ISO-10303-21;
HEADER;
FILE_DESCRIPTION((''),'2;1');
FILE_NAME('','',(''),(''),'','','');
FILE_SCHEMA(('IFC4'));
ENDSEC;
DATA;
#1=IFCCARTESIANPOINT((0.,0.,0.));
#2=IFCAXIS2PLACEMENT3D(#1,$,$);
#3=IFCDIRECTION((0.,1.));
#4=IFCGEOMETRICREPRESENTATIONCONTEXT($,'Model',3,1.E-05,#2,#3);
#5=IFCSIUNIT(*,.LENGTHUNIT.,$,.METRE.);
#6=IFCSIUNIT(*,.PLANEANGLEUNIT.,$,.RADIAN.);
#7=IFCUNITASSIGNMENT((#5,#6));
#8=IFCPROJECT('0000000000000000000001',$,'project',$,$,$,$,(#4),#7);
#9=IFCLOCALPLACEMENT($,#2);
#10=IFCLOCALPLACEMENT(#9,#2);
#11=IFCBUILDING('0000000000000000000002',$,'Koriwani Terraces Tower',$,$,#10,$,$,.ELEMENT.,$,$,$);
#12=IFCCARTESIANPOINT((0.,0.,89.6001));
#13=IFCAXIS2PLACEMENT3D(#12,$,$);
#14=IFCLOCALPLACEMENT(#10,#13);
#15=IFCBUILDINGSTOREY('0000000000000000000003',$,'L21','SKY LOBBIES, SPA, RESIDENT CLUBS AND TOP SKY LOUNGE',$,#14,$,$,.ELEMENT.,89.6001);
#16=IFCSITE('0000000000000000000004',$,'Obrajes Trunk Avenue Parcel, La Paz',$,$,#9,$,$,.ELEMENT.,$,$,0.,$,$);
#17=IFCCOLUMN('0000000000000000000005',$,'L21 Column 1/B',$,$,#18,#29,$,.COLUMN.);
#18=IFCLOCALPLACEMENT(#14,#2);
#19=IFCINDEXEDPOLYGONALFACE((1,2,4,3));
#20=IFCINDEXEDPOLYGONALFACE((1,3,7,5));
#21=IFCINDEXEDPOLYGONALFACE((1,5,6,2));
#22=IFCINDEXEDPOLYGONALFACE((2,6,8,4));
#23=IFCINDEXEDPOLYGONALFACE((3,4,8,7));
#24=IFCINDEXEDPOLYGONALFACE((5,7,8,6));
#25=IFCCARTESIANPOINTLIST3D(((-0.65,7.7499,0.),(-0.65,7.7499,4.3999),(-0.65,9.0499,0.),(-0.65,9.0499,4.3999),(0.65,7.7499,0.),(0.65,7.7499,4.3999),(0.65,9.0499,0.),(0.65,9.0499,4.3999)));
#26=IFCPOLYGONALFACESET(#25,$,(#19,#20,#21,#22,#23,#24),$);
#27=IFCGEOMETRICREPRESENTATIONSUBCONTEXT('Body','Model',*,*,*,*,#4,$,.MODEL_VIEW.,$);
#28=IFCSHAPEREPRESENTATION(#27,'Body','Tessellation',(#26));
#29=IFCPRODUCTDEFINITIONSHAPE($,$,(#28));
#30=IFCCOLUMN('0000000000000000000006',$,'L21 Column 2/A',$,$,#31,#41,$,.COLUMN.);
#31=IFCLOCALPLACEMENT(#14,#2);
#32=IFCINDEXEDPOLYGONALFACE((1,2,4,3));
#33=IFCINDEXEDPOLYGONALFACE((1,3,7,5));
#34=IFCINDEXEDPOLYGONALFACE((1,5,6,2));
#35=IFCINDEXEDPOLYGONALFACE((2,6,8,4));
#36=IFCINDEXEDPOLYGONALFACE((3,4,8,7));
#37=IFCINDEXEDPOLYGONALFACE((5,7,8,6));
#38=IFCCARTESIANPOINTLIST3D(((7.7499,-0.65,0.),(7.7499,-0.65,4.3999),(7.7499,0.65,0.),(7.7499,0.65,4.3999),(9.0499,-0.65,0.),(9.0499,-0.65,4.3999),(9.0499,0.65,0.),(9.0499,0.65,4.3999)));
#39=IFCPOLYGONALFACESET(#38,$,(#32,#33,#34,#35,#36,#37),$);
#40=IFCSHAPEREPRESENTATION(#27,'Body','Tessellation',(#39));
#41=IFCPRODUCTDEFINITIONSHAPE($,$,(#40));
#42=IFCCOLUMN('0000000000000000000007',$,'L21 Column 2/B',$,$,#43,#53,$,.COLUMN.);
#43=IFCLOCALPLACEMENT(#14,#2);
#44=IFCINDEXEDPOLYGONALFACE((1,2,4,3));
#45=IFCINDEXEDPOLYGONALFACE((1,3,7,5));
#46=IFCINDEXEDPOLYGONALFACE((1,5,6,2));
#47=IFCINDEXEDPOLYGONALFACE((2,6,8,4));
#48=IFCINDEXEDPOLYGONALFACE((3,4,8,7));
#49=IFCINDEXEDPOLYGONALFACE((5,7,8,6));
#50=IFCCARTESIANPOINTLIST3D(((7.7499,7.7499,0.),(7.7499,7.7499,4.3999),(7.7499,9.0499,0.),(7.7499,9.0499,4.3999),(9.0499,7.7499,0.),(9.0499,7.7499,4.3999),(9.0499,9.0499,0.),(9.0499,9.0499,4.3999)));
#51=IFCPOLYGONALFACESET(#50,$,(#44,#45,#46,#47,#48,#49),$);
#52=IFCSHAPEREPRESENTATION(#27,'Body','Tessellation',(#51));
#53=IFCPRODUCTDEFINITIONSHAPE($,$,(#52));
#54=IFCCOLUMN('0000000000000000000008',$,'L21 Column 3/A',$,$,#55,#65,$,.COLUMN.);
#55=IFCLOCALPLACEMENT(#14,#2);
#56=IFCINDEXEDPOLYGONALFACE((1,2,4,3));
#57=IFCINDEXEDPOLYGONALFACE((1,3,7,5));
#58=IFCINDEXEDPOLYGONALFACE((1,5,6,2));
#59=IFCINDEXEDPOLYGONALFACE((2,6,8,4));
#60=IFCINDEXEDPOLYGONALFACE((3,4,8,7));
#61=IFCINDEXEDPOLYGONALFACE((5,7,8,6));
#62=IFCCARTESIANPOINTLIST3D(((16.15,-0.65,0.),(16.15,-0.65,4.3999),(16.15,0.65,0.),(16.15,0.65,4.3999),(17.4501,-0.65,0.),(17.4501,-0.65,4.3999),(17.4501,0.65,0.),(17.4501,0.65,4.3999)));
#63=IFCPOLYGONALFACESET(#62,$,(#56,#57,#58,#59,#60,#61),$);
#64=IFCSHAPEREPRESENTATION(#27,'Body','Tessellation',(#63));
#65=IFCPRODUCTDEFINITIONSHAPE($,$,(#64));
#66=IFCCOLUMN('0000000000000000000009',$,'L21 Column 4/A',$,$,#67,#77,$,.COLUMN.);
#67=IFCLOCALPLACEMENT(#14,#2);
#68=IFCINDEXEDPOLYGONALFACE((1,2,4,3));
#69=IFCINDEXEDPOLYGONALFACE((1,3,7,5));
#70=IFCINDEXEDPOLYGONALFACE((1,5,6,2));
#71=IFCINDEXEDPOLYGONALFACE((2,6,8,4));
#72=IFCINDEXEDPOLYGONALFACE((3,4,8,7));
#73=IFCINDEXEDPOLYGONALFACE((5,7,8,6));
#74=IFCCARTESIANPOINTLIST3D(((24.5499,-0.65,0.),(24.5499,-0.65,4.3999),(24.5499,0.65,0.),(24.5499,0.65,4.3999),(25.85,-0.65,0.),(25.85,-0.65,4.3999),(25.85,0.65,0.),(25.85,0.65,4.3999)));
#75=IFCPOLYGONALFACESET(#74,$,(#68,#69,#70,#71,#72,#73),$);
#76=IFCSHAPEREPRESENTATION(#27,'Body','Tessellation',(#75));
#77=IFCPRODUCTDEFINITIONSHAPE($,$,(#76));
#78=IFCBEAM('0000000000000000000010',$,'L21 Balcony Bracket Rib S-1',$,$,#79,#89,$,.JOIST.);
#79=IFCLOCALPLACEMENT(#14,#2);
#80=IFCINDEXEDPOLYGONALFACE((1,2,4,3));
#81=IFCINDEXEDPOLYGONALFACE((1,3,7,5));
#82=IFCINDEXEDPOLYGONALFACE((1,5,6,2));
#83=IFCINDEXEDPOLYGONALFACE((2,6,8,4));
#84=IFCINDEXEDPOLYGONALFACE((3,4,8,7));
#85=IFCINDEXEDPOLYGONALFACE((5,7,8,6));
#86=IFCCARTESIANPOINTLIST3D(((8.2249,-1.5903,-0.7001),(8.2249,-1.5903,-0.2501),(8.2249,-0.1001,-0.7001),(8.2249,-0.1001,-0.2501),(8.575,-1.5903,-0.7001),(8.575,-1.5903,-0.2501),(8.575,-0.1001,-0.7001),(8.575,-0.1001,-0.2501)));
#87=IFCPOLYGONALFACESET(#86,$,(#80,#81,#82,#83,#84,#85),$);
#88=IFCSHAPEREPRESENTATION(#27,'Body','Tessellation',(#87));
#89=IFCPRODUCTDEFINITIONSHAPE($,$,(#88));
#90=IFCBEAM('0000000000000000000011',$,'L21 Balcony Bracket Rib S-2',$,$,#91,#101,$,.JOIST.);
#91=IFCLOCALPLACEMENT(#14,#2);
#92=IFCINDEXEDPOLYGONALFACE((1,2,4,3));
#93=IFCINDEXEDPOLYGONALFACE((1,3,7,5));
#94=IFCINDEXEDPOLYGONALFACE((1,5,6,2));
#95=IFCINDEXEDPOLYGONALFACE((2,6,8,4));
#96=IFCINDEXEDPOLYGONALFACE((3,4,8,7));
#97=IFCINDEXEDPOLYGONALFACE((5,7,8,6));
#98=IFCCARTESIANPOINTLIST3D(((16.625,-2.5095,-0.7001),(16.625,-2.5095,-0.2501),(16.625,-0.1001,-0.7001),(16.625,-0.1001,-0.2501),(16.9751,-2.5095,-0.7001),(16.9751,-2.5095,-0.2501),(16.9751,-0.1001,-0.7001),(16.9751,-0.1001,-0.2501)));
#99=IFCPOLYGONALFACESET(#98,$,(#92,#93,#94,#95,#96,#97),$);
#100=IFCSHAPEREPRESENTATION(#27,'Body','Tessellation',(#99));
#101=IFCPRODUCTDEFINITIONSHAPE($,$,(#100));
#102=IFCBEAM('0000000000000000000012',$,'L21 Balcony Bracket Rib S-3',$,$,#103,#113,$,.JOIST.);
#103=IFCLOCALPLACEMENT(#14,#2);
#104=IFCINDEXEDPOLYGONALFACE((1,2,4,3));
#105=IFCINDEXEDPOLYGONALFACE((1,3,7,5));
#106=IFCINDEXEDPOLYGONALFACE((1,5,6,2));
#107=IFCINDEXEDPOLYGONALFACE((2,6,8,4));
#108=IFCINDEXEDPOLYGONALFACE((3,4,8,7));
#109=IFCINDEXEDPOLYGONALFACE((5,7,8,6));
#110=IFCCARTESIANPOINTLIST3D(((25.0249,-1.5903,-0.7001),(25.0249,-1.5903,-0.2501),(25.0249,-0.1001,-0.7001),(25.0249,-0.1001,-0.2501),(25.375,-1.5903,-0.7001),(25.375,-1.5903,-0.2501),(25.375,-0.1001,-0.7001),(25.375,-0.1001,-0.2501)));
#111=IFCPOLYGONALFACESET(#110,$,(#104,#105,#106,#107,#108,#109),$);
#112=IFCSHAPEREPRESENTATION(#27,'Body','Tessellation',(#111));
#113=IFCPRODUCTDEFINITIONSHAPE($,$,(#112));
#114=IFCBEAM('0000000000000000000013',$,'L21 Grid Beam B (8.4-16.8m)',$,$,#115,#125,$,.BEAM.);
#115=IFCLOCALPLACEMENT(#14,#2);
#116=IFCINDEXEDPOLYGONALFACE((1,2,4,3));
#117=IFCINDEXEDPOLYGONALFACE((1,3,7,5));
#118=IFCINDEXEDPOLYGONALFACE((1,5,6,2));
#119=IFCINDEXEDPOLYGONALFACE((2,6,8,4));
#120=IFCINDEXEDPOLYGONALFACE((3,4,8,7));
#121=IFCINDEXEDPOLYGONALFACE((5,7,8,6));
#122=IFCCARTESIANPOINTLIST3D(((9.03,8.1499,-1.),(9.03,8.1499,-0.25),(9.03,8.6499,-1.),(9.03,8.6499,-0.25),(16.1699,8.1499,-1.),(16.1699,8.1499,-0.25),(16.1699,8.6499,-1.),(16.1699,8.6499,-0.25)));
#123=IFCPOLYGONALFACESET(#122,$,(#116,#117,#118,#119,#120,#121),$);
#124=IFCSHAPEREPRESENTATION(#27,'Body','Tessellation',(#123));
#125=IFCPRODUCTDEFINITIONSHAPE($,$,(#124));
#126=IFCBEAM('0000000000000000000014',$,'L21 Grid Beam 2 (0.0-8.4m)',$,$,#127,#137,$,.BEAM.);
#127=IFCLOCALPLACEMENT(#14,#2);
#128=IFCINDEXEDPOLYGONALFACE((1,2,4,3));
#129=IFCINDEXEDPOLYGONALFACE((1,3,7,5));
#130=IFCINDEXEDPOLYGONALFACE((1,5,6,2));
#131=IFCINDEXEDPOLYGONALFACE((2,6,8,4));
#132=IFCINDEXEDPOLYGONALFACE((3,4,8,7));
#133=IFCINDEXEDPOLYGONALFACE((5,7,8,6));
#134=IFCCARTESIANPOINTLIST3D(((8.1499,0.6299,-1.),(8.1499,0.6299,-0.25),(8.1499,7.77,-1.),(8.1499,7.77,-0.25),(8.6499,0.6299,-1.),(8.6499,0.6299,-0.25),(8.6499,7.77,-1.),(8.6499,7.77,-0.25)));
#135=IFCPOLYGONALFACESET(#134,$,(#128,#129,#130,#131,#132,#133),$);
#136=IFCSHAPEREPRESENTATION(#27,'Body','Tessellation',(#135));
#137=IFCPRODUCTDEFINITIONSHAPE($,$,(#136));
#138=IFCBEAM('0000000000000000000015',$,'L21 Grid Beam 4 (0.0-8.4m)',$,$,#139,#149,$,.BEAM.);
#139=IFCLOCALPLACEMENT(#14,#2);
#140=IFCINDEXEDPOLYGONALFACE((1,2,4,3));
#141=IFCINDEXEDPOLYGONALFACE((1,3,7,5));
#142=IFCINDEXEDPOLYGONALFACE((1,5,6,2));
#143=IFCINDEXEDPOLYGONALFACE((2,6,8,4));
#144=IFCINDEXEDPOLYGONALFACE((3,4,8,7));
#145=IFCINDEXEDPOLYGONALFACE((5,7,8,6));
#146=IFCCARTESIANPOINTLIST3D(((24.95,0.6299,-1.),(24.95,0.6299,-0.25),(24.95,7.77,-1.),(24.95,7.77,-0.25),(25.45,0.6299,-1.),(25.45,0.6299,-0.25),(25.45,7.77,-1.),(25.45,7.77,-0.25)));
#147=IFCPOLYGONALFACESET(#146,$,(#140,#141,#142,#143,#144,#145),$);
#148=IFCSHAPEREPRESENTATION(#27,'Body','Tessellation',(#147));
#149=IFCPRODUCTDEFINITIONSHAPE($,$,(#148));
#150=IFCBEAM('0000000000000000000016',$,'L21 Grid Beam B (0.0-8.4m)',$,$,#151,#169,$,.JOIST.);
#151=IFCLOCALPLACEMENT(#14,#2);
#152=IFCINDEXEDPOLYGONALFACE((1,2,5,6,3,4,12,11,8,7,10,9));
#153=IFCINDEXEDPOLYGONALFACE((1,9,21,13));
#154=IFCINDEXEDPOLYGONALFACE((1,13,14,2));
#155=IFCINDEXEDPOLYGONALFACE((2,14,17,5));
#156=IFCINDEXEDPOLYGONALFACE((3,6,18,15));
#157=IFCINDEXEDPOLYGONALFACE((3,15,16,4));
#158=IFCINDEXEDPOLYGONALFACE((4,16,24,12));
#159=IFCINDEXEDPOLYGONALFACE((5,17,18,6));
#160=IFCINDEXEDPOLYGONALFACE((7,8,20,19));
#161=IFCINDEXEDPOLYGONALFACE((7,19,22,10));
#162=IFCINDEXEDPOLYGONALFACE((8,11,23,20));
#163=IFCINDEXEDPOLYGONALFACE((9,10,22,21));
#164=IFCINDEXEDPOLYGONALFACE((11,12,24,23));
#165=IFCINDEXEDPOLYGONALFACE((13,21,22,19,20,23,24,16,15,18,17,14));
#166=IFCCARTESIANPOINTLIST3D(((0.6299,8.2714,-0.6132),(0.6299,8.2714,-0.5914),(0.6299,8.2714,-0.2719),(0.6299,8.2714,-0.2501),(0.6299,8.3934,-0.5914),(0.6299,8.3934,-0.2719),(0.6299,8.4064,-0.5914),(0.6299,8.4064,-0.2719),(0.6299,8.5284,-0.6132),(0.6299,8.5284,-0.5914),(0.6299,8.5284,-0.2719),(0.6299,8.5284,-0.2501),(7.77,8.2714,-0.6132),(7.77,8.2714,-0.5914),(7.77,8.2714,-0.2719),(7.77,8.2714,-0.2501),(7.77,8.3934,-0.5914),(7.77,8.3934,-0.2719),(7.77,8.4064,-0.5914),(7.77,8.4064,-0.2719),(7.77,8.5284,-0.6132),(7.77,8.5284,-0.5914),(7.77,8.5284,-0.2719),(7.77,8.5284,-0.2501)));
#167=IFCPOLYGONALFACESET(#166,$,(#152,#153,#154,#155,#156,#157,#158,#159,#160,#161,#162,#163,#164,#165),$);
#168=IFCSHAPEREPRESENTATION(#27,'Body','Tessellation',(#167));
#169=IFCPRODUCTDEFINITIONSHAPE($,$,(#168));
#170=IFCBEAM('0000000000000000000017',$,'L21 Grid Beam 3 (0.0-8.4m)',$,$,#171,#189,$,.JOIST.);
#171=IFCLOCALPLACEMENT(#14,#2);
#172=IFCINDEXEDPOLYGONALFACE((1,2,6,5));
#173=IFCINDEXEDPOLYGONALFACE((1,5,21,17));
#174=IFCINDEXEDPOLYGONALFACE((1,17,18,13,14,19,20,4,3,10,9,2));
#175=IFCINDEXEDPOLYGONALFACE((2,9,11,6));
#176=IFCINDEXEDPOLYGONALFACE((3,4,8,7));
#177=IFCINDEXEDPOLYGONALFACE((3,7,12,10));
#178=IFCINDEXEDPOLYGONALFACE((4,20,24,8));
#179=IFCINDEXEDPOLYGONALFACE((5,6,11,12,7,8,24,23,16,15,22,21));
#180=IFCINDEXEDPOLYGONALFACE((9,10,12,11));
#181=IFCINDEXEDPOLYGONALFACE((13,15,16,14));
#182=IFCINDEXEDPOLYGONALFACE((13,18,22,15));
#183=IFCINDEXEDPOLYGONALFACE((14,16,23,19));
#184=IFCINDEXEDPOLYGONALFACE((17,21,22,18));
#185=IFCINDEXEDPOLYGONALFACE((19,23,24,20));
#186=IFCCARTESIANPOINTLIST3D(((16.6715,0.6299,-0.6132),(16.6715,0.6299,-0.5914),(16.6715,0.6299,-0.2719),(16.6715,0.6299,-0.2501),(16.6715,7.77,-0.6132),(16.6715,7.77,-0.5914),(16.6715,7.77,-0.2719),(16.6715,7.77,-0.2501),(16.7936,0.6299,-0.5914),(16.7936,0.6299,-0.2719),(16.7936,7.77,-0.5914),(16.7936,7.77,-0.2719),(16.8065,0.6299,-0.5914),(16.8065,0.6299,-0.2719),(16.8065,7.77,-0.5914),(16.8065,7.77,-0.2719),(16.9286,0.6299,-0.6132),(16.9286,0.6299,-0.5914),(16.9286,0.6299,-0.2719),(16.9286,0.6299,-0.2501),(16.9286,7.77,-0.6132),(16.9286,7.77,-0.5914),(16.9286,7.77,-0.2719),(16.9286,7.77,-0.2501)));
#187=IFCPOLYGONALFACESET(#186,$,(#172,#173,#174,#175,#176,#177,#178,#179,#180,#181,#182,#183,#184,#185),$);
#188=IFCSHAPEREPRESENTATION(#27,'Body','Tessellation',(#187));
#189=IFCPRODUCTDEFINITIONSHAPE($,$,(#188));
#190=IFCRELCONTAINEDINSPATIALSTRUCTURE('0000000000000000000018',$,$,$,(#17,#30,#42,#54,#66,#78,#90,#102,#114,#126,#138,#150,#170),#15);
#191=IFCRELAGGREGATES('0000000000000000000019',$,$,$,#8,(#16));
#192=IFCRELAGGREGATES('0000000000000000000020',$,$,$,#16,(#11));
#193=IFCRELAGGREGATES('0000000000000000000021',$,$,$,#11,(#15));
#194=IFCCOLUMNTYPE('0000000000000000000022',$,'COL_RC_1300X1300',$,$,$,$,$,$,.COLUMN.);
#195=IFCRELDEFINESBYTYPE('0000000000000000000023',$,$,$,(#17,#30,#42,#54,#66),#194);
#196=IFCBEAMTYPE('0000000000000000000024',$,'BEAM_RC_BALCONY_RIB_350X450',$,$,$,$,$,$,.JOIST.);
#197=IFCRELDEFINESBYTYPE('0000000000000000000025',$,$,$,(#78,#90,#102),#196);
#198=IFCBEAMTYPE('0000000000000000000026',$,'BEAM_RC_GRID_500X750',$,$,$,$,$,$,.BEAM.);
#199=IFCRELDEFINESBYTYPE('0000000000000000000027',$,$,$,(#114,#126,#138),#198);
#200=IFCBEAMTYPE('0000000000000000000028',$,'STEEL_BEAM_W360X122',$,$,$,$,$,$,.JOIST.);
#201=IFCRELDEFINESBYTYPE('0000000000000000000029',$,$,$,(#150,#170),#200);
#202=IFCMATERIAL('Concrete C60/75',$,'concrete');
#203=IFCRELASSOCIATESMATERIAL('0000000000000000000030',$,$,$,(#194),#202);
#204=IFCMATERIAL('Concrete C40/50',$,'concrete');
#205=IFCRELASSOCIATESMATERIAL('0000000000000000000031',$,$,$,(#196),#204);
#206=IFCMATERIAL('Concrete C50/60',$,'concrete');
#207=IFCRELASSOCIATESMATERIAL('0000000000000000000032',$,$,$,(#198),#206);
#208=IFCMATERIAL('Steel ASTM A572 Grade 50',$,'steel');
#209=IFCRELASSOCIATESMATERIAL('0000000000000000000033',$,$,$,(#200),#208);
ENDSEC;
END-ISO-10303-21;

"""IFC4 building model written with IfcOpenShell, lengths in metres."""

from ifc_helpers import new_model, si_unit, direction, frame, origin, origin_2d, place, context, subcontext, project, spatial, rectangle, i_section, extrude, material, material_profile, profile_set, type_object, element, save


model = new_model("IFC4")

# Units and contexts
model_context = context("Model", 3, precision=1e-05, world=origin(), true_north=direction((0.0, 1.0)))
body_context = subcontext(model_context, "Body", "Model", "MODEL_VIEW")
ifc_project = project(units=[si_unit("LENGTHUNIT", "METRE"), si_unit("PLANEANGLEUNIT", "RADIAN")], contexts=[model_context])

# Site, building, storey
site_placement = place(None, origin())
site = spatial("IfcSite", under=ifc_project, at=site_placement, Name="Obrajes Trunk Avenue Parcel, La Paz", CompositionType="ELEMENT", RefElevation=0.0)
building_placement = place(site_placement, origin())
building = spatial("IfcBuilding", under=site, at=building_placement, Name="Koriwani Terraces Tower", CompositionType="ELEMENT")
storey_placement = place(building_placement, frame((0.0, 0.0, 89.6001)))
storey = spatial("IfcBuildingStorey", under=building, at=storey_placement, Name="L21", Description="SKY LOBBIES, SPA, RESIDENT CLUBS AND TOP SKY LOUNGE", CompositionType="ELEMENT", Elevation=89.6001)

# Columns
ifc_material_1 = material(Name="Concrete C60/75", Category="concrete")
ifc_material_profile_1 = material_profile(ifc_material_1, rectangle(XDim=1.3, YDim=1.3, at=origin_2d()), Name="Concrete C60/75", Category="LoadBearing")
ifc_profile_set_1 = profile_set([ifc_material_profile_1], Name="Concrete C60/75")
column_type = type_object("IfcColumnType", Name="COL_RC_1300X1300", PredefinedType="COLUMN", material=ifc_profile_set_1)
for number, where, z_axis, x_axis, name in (
    (1, (0.0, 8.3999, 0.0), (0.0, 0.0, 1.0), (1.0, 0.0, 0.0), "L21 Column 1/B"),
    (2, (8.3999, 0.0, 0.0), (0.0, 0.0, 1.0), (1.0, 0.0, 0.0), "L21 Column 2/A"),
    (3, (8.3999, 8.3999, 0.0), (0.0, 0.0, 1.0), (1.0, 0.0, 0.0), "L21 Column 2/B"),
    (4, (16.8, 0.0, 0.0), (0.0, 0.0, 1.0), (1.0, 0.0, 0.0), "L21 Column 3/A"),
    (5, (25.2, 0.0, 0.0), (0.0, 0.0, 1.0), (1.0, 0.0, 0.0), "L21 Column 4/A"),
):
    element("IfcColumn", number, at=place(storey_placement, frame(where, z_axis=z_axis, x_axis=x_axis)), inside=storey, type_object=column_type, Name=name, PredefinedType="COLUMN", context=body_context, shape_type="SweptSolid", body=[
        extrude(rectangle(XDim=1.3, YDim=1.3, at=origin_2d()), origin(), (0.0, 0.0, 1.0), 4.3999),
    ])

# Beams
ifc_material_2 = material(Name="Concrete C40/50", Category="concrete")
ifc_material_profile_2 = material_profile(ifc_material_2, rectangle(XDim=0.3501, YDim=0.45, at=origin_2d()), Name="Concrete C40/50", Category="LoadBearing")
ifc_profile_set_2 = profile_set([ifc_material_profile_2], Name="Concrete C40/50")
beam_type_1 = type_object("IfcBeamType", Name="BEAM_RC_BALCONY_RIB_350X450", PredefinedType="JOIST", material=ifc_profile_set_2)
beam_1_placement = place(storey_placement, frame((8.3999, -1.5903, -0.4751), z_axis=(0.0, 1.0, 0.0), x_axis=(-1.0, 0.0, 0.0)))
element("IfcBeam", 6, at=beam_1_placement, inside=storey, type_object=beam_type_1, Name="L21 Balcony Bracket Rib S-1", PredefinedType="JOIST", context=body_context, shape_type="SweptSolid", body=[
    extrude(rectangle(XDim=0.3501, YDim=0.45, at=origin_2d()), origin(), (0.0, 0.0, 1.0), 1.4902),
])
beam_2_placement = place(storey_placement, frame((16.8, -2.5095, -0.4751), z_axis=(0.0, 1.0, 0.0), x_axis=(-1.0, 0.0, 0.0)))
element("IfcBeam", 7, at=beam_2_placement, inside=storey, type_object=beam_type_1, Name="L21 Balcony Bracket Rib S-2", PredefinedType="JOIST", context=body_context, shape_type="SweptSolid", body=[
    extrude(rectangle(XDim=0.3501, YDim=0.45, at=origin_2d()), origin(), (0.0, 0.0, 1.0), 2.4094),
])
beam_3_placement = place(storey_placement, frame((25.2, -1.5903, -0.4751), z_axis=(0.0, 1.0, 0.0), x_axis=(-1.0, 0.0, 0.0)))
element("IfcBeam", 8, at=beam_3_placement, inside=storey, type_object=beam_type_1, Name="L21 Balcony Bracket Rib S-3", PredefinedType="JOIST", context=body_context, shape_type="SweptSolid", body=[
    extrude(rectangle(XDim=0.3501, YDim=0.45, at=origin_2d()), origin(), (0.0, 0.0, 1.0), 1.4902),
])
ifc_material_3 = material(Name="Concrete C50/60", Category="concrete")
ifc_material_profile_3 = material_profile(ifc_material_3, rectangle(XDim=0.5, YDim=0.75, at=origin_2d()), Name="Concrete C50/60", Category="LoadBearing")
ifc_profile_set_3 = profile_set([ifc_material_profile_3], Name="Concrete C50/60")
beam_type_2 = type_object("IfcBeamType", Name="BEAM_RC_GRID_500X750", PredefinedType="BEAM", material=ifc_profile_set_3)
beam_4_placement = place(storey_placement, frame((9.03, 8.3999, -0.625), z_axis=(1.0, 0.0, 0.0), x_axis=(0.0, 1.0, 0.0)))
element("IfcBeam", 9, at=beam_4_placement, inside=storey, type_object=beam_type_2, Name="L21 Grid Beam B (8.4-16.8m)", PredefinedType="BEAM", context=body_context, shape_type="SweptSolid", body=[
    extrude(rectangle(XDim=0.5, YDim=0.75, at=origin_2d()), origin(), (0.0, 0.0, 1.0), 7.1399),
])
for number, where, z_axis, x_axis, name in (
    (10, (8.3999, 0.6299, -0.625), (0.0, 1.0, 0.0), (-1.0, 0.0, 0.0), "L21 Grid Beam 2 (0.0-8.4m)"),
    (11, (25.2, 0.6299, -0.625), (0.0, 1.0, 0.0), (-1.0, 0.0, 0.0), "L21 Grid Beam 4 (0.0-8.4m)"),
):
    element("IfcBeam", number, at=place(storey_placement, frame(where, z_axis=z_axis, x_axis=x_axis)), inside=storey, type_object=beam_type_2, Name=name, PredefinedType="BEAM", context=body_context, shape_type="SweptSolid", body=[
        extrude(rectangle(XDim=0.5, YDim=0.75, at=origin_2d()), origin(), (0.0, 0.0, 1.0), 7.1401),
    ])
ifc_material_4 = material(Name="Steel ASTM A572 Grade 50", Category="steel")
ifc_material_profile_4 = material_profile(ifc_material_4, i_section(OverallWidth=0.2571, OverallDepth=0.363, WebThickness=0.0129, FlangeThickness=0.0217, at=origin_2d()), Name="Steel ASTM A572 Grade 50", Category="LoadBearing")
ifc_profile_set_4 = profile_set([ifc_material_profile_4], Name="Steel ASTM A572 Grade 50")
beam_type_3 = type_object("IfcBeamType", Name="STEEL_BEAM_W360X122", PredefinedType="JOIST", material=ifc_profile_set_4)
for number, where, z_axis, x_axis, name in (
    (12, (0.6299, 8.3999, -0.4316), (1.0, 0.0, 0.0), (0.0, 1.0, 0.0), "L21 Grid Beam B (0.0-8.4m)"),
    (13, (16.8, 0.6299, -0.4316), (0.0, 1.0, 0.0), (-1.0, 0.0, 0.0), "L21 Grid Beam 3 (0.0-8.4m)"),
):
    element("IfcBeam", number, at=place(storey_placement, frame(where, z_axis=z_axis, x_axis=x_axis)), inside=storey, type_object=beam_type_3, Name=name, PredefinedType="JOIST", context=body_context, shape_type="SweptSolid", body=[
        extrude(i_section(OverallWidth=0.2571, OverallDepth=0.363, WebThickness=0.0129, FlangeThickness=0.0217, at=origin_2d()), origin(), (0.0, 0.0, 1.0), 7.1401),
    ])

save(model, "model.ifc")
